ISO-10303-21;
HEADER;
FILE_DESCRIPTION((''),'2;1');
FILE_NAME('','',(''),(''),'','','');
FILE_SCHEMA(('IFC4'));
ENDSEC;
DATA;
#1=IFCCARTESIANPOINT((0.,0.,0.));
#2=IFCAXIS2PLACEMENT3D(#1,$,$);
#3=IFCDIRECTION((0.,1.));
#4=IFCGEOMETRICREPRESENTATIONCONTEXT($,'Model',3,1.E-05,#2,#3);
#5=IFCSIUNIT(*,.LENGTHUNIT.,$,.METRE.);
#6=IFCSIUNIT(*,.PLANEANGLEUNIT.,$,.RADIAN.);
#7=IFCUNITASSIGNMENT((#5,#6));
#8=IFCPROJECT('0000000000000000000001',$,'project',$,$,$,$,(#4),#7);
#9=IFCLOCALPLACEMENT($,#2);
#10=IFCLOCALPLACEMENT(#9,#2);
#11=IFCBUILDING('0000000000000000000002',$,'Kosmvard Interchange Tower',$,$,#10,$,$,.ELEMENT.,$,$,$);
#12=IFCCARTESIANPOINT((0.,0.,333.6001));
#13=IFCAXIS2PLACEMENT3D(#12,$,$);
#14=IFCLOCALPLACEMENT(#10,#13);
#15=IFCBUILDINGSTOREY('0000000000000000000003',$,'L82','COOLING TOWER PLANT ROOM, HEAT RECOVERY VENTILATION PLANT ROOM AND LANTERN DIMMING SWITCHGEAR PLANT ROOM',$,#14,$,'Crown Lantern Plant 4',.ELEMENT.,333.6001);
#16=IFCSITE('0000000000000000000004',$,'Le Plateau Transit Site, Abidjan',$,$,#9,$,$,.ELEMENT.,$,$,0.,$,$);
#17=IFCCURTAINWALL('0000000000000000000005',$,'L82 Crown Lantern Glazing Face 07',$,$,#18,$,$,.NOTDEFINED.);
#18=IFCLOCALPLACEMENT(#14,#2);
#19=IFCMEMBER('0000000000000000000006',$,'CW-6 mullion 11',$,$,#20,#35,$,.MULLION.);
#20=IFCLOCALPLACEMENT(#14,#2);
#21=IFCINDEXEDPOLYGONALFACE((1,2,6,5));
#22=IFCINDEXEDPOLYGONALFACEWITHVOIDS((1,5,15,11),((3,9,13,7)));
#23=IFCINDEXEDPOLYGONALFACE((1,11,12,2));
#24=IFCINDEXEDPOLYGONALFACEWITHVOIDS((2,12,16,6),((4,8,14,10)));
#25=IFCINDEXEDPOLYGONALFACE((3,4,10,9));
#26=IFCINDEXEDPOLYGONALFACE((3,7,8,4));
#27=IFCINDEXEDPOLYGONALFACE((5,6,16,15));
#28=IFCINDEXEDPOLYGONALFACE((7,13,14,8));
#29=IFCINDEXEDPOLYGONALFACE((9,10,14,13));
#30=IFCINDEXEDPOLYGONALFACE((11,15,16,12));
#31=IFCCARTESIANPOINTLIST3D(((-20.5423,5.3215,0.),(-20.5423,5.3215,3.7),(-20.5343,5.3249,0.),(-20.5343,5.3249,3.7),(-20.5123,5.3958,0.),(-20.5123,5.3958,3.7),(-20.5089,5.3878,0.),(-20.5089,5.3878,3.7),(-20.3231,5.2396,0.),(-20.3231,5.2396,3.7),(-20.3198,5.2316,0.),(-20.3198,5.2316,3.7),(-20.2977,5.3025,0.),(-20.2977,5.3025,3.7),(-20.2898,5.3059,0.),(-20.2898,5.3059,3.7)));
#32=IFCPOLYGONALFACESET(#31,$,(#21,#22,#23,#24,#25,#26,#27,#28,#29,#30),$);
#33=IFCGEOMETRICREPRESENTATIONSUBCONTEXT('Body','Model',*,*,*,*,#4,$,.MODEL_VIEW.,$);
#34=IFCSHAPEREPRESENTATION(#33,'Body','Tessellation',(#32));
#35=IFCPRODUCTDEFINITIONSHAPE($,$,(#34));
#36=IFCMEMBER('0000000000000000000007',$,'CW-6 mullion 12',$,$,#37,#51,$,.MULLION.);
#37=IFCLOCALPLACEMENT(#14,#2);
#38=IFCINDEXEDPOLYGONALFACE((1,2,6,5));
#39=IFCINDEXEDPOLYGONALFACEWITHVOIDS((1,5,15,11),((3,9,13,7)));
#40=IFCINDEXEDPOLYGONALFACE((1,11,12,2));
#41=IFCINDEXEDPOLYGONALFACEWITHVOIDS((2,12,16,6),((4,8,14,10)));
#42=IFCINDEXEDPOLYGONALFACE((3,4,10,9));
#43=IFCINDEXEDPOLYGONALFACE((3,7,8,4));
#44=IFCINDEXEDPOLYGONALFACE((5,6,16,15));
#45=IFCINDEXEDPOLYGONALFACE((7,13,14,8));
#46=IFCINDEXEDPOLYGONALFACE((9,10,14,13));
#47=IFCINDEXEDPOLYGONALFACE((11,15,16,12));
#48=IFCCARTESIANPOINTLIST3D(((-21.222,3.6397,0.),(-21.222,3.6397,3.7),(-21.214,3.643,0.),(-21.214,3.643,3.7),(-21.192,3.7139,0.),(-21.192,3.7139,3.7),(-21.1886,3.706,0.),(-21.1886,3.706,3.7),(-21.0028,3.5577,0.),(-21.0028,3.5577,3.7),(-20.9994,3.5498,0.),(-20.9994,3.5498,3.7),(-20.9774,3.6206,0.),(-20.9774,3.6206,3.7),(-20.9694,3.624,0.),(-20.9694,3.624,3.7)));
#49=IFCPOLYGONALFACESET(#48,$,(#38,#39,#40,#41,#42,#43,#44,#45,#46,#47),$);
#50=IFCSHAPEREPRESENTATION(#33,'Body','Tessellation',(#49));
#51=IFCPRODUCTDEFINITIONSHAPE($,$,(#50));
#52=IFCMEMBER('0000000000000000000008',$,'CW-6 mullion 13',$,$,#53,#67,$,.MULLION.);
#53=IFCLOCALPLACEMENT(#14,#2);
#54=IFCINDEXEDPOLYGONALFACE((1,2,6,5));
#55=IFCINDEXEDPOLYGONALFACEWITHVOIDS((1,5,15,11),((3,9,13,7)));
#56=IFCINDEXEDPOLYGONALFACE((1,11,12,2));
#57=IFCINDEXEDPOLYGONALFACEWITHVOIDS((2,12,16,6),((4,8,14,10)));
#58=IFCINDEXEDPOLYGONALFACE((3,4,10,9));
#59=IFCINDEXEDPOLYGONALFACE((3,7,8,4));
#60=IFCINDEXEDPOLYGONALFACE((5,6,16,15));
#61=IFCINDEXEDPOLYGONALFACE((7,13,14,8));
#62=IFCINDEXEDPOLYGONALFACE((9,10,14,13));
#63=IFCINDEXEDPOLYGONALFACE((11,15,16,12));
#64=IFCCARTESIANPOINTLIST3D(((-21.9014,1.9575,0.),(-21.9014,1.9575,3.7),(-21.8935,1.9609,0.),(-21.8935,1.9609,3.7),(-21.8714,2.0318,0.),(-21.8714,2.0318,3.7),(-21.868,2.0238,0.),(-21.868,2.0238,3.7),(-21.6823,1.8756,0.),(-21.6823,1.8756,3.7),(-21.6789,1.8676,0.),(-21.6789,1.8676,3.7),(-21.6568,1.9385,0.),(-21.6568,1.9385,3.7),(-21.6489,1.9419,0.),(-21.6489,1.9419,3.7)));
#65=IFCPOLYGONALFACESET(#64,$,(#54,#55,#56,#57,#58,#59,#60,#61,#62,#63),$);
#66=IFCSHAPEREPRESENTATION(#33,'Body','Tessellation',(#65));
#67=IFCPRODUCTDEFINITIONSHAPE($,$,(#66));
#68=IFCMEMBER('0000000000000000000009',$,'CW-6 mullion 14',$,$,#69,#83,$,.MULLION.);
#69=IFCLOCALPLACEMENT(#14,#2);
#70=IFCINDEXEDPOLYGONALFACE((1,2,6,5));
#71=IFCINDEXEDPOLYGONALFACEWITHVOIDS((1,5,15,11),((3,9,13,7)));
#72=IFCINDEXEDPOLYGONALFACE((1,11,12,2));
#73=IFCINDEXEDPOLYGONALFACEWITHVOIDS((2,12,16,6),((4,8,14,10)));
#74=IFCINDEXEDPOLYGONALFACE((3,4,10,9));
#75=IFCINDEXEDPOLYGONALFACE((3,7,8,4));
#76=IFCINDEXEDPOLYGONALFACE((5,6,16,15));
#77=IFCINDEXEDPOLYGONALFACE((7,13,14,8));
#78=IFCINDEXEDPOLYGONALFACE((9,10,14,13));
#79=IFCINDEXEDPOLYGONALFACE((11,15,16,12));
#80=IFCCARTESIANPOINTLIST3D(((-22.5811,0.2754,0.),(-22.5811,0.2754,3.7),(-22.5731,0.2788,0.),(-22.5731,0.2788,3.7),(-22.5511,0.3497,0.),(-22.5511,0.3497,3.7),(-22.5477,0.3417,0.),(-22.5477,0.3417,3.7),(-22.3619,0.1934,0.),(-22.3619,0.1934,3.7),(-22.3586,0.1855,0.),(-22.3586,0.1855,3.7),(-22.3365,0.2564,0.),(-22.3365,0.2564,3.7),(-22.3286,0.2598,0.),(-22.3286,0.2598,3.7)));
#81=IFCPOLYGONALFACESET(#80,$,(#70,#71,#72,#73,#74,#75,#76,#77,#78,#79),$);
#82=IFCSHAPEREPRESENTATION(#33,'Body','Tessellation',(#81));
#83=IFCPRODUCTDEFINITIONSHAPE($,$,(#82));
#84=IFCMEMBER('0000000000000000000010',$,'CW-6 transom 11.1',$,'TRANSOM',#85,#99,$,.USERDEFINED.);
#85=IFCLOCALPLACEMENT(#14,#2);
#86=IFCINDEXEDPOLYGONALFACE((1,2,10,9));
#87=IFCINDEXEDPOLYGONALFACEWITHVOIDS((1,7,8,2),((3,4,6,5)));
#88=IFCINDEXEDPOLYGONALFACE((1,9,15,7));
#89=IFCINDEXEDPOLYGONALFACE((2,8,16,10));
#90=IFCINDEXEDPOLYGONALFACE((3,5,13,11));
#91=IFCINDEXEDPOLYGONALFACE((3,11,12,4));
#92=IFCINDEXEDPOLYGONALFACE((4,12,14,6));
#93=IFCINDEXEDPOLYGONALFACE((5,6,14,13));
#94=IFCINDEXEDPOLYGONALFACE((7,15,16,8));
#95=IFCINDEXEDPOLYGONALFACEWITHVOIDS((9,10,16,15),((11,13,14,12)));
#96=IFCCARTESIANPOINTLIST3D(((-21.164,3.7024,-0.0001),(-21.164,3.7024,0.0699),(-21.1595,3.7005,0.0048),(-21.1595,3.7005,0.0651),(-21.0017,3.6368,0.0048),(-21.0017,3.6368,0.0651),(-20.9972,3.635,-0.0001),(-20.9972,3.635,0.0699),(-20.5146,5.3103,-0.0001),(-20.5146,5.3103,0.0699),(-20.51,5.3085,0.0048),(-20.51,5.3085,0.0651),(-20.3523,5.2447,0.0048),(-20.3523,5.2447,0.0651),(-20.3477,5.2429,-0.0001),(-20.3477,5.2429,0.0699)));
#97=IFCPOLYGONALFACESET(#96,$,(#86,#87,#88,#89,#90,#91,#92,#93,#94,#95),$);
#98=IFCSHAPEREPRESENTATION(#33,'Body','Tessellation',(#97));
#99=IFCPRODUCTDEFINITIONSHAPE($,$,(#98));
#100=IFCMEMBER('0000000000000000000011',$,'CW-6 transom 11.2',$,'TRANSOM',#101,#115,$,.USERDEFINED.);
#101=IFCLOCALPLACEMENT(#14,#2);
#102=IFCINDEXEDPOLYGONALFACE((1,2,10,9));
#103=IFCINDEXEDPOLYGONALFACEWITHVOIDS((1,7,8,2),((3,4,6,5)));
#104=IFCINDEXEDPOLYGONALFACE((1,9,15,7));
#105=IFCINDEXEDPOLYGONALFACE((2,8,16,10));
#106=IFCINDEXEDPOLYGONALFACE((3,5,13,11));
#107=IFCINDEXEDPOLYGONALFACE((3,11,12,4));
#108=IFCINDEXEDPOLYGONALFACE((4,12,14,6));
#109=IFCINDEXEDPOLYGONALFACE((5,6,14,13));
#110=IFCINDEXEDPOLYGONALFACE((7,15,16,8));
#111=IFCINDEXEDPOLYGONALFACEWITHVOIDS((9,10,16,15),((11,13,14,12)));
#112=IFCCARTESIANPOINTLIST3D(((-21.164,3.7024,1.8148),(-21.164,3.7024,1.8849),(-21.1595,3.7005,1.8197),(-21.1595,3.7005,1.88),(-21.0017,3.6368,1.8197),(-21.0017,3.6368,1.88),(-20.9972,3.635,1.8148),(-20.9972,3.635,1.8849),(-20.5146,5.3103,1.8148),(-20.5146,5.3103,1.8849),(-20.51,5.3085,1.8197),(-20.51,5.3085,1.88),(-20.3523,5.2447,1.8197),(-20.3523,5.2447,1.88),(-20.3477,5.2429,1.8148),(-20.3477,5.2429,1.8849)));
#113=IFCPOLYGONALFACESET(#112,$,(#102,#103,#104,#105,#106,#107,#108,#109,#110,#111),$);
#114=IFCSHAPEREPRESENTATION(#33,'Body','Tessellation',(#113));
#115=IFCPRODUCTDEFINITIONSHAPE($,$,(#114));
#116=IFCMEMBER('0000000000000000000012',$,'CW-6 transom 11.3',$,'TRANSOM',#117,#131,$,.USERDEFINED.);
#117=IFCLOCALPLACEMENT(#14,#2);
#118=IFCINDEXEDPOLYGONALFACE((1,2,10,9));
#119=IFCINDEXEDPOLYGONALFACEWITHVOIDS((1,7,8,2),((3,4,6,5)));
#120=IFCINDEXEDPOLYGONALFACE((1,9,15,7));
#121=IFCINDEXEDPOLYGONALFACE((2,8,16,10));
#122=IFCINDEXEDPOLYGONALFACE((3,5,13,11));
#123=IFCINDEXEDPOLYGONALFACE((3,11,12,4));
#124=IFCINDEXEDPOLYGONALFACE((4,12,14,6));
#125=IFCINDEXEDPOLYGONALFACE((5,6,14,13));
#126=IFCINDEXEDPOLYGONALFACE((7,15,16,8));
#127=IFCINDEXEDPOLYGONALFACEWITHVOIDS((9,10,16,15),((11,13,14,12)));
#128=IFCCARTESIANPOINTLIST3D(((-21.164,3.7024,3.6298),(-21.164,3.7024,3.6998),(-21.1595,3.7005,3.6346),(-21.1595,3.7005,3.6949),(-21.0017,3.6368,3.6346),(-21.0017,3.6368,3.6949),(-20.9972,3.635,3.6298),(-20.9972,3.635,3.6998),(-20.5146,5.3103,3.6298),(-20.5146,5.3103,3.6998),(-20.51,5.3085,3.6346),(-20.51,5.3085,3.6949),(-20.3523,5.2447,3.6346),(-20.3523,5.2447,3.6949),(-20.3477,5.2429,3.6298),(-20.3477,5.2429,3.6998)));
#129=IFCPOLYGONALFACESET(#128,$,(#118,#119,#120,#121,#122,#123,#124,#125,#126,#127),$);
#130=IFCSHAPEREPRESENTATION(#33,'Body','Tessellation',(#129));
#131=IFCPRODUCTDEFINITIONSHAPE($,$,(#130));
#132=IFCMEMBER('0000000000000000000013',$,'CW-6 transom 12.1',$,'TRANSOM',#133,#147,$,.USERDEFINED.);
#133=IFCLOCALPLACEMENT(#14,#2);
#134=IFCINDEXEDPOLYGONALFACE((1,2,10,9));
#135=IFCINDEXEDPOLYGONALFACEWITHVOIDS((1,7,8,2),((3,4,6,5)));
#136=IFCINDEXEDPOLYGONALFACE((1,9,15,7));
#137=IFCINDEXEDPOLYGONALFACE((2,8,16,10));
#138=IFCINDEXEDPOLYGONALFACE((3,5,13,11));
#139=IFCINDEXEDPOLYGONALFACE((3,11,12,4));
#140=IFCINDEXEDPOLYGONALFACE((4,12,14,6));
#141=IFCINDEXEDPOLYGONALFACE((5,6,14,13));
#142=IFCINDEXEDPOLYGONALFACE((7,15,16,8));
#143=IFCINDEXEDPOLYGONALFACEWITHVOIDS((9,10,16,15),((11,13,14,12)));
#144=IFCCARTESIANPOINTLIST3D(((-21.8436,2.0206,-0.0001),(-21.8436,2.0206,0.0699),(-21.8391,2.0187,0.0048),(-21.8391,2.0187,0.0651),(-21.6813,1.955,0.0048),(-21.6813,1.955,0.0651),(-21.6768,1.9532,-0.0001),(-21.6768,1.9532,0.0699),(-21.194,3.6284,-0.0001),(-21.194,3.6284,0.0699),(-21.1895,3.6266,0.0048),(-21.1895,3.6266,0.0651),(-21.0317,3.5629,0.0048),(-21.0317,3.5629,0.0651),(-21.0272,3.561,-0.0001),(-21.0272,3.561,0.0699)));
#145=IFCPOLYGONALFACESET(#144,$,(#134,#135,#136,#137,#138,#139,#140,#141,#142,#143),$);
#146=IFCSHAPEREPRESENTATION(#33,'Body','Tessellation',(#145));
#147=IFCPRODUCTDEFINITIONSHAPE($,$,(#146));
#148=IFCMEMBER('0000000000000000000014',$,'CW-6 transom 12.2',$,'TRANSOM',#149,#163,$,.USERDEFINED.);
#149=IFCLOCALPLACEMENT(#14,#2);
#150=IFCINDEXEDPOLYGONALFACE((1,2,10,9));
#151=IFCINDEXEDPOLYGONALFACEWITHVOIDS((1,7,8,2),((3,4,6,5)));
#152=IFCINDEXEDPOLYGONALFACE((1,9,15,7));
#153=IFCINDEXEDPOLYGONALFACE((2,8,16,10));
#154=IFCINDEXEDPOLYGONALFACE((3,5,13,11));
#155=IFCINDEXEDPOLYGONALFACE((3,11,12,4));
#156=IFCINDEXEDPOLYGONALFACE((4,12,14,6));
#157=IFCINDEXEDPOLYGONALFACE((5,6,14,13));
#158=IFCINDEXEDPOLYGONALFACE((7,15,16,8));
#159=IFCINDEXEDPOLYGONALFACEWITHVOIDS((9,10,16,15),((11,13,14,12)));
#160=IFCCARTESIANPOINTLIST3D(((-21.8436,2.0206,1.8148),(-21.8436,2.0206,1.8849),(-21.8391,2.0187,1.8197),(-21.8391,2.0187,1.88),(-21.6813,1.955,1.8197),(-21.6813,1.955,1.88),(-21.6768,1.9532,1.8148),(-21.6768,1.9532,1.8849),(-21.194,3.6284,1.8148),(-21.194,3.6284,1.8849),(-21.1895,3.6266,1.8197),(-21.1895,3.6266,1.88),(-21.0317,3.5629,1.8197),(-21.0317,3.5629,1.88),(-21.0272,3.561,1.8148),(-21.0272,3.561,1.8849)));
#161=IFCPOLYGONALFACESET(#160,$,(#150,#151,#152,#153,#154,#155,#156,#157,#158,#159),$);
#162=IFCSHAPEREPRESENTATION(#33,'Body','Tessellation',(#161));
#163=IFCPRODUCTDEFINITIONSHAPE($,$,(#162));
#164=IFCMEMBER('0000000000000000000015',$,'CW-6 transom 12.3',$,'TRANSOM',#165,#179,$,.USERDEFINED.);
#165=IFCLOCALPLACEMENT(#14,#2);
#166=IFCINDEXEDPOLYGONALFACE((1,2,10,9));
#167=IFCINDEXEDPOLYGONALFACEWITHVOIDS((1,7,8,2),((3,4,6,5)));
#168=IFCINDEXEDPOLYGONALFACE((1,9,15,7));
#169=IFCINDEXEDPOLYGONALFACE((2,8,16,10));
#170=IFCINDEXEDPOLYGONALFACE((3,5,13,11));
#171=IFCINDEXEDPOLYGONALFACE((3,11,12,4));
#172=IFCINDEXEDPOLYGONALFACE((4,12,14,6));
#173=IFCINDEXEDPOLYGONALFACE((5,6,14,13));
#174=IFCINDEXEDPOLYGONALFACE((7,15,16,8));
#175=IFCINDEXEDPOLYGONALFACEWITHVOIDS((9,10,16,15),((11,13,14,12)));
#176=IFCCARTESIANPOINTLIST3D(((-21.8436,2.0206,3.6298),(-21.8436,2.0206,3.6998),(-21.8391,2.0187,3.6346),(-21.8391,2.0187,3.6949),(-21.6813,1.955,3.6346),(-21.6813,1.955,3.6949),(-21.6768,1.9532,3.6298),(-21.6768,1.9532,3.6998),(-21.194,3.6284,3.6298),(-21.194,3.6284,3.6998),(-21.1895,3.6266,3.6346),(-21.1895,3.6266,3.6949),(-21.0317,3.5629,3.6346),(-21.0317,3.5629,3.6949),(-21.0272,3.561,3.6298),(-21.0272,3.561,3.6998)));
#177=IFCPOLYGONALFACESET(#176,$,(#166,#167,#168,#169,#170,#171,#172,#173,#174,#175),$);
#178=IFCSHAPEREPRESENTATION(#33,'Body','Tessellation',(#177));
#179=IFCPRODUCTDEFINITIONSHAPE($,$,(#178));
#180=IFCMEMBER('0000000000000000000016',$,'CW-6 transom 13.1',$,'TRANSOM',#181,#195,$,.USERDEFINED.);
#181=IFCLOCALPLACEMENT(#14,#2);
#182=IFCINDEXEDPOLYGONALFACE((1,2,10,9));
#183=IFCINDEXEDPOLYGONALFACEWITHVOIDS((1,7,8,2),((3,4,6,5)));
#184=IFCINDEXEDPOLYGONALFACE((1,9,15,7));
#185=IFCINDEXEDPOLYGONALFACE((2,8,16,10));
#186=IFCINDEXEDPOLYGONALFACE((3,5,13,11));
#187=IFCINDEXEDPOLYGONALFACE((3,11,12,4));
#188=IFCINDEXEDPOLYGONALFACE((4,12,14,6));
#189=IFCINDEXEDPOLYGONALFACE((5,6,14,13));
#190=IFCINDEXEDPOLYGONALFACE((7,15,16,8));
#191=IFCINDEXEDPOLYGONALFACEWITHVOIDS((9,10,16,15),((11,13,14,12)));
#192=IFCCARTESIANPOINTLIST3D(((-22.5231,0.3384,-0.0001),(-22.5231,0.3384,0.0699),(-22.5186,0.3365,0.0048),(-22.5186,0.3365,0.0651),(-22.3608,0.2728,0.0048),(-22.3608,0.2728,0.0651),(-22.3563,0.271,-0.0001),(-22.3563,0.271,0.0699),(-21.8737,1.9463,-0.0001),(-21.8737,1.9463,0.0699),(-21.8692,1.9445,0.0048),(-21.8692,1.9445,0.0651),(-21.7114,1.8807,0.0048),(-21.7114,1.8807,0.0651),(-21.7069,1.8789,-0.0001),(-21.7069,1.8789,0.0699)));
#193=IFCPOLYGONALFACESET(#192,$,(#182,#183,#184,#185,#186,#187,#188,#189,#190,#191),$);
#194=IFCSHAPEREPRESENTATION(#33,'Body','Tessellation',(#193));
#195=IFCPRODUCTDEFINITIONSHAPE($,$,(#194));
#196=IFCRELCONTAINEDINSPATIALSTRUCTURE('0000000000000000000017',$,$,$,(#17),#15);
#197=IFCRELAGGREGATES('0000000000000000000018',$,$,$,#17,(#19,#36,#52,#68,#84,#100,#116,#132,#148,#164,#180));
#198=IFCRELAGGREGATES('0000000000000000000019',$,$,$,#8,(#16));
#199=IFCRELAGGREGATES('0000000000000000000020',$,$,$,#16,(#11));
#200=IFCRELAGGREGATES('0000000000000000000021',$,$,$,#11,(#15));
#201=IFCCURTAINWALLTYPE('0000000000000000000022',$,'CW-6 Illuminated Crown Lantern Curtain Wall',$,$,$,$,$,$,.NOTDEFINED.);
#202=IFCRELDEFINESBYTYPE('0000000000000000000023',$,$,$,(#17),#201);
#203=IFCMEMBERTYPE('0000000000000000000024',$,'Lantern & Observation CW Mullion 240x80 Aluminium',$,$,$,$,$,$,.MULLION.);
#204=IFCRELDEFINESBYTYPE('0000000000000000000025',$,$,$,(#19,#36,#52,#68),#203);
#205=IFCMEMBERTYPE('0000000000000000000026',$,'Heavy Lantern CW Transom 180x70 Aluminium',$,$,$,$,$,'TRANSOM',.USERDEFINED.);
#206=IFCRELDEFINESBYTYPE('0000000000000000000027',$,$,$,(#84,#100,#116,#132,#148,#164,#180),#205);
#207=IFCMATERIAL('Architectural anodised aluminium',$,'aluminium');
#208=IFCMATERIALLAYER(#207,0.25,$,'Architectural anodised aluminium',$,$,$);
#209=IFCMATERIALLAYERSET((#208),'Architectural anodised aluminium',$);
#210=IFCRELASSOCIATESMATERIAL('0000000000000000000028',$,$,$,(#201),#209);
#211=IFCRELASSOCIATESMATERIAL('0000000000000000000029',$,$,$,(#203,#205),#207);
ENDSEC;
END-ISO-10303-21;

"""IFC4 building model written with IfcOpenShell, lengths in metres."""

from ifc_helpers import new_model, si_unit, direction, frame, origin, origin_2d, place, context, subcontext, project, spatial, hollow_rectangle, extrude, source, transform, mapped, material, layer, layer_set, material_profile, profile_set, type_object, element, aggregate, save


model = new_model("IFC4")

# Units and contexts
model_context = context("Model", 3, precision=1e-05, world=origin(), true_north=direction((0.0, 1.0)))
body_context = subcontext(model_context, "Body", "Model", "MODEL_VIEW")
ifc_project = project(units=[si_unit("LENGTHUNIT", "METRE"), si_unit("PLANEANGLEUNIT", "RADIAN")], contexts=[model_context])

# Site, building, storey
site_placement = place(None, origin())
site = spatial("IfcSite", under=ifc_project, at=site_placement, Name="Le Plateau Transit Site, Abidjan", CompositionType="ELEMENT", RefElevation=0.0)
building_placement = place(site_placement, origin())
building = spatial("IfcBuilding", under=site, at=building_placement, Name="Kosmvard Interchange Tower", CompositionType="ELEMENT")
storey_placement = place(building_placement, frame((0.0, 0.0, 333.6001)))
storey = spatial("IfcBuildingStorey", under=building, at=storey_placement, Name="L82", Description="COOLING TOWER PLANT ROOM, HEAT RECOVERY VENTILATION PLANT ROOM AND LANTERN DIMMING SWITCHGEAR PLANT ROOM", LongName="Crown Lantern Plant 4", CompositionType="ELEMENT", Elevation=333.6001)

# Curtain wall, members
ifc_material_1 = material(Name="Architectural anodised aluminium", Category="aluminium")
ifc_layer_1 = layer(ifc_material_1, 0.25, Name="Architectural anodised aluminium")
ifc_layer_set_1 = layer_set([ifc_layer_1], Name="Architectural anodised aluminium")
curtain_wall_type = type_object("IfcCurtainWallType", Name="CW-6 Illuminated Crown Lantern Curtain Wall", PredefinedType="NOTDEFINED", material=ifc_layer_set_1)
curtain_wall_placement = place(storey_placement, origin())
curtain_wall = element("IfcCurtainWall", 1, at=curtain_wall_placement, inside=storey, type_object=curtain_wall_type, Name="L82 Crown Lantern Glazing Face 07", PredefinedType="NOTDEFINED")
ifc_material_profile_1 = material_profile(ifc_material_1, hollow_rectangle(XDim=0.24, YDim=0.0801, WallThickness=0.0061, at=origin_2d()), Name="CWM 240x80x6")
ifc_profile_set_1 = profile_set([ifc_material_profile_1], Name="Architectural anodised aluminium")
member_type_1 = type_object("IfcMemberType", Name="Lantern & Observation CW Mullion 240x80 Aluminium", PredefinedType="MULLION", material=ifc_profile_set_1)
shared_shape_1 = source(origin(), body_context, "Body", "SweptSolid", [
    extrude(hollow_rectangle(XDim=0.24, YDim=0.0801, WallThickness=0.0061, at=origin_2d()), origin(), (0.0, 0.0, 1.0), 3.7),
])
member_1_placement = place(storey_placement, frame((-20.416, 5.3137, 0.0), z_axis=(0.0, 0.0, 1.0), x_axis=(0.927184, -0.374607, 0.0)))
member_1 = element("IfcMember", 2, at=member_1_placement, type_object=member_type_1, Name="CW-6 mullion 11", PredefinedType="MULLION", context=body_context, shape_type="MappedRepresentation", body=[
    mapped(shared_shape_1, transform((0.0, 0.0, 0.0), scale=1.0)),
])
member_2_placement = place(storey_placement, frame((-21.0957, 3.6318, 0.0), z_axis=(0.0, 0.0, 1.0), x_axis=(0.927184, -0.374607, 0.0)))
member_2 = element("IfcMember", 3, at=member_2_placement, type_object=member_type_1, Name="CW-6 mullion 12", PredefinedType="MULLION", context=body_context, shape_type="MappedRepresentation", body=[
    mapped(shared_shape_1, transform((0.0, 0.0, 0.0), scale=1.0)),
])
member_3_placement = place(storey_placement, frame((-21.7751, 1.9497, 0.0), z_axis=(0.0, 0.0, 1.0), x_axis=(0.927184, -0.374607, 0.0)))
member_3 = element("IfcMember", 4, at=member_3_placement, type_object=member_type_1, Name="CW-6 mullion 13", PredefinedType="MULLION", context=body_context, shape_type="MappedRepresentation", body=[
    mapped(shared_shape_1, transform((0.0, 0.0, 0.0), scale=1.0)),
])
member_4_placement = place(storey_placement, frame((-22.4548, 0.2676, 0.0), z_axis=(0.0, 0.0, 1.0), x_axis=(0.927184, -0.374607, 0.0)))
member_4 = element("IfcMember", 5, at=member_4_placement, type_object=member_type_1, Name="CW-6 mullion 14", PredefinedType="MULLION", context=body_context, shape_type="MappedRepresentation", body=[
    mapped(shared_shape_1, transform((0.0, 0.0, 0.0), scale=1.0)),
])
ifc_material_profile_2 = material_profile(ifc_material_1, hollow_rectangle(XDim=0.1799, YDim=0.0701, WallThickness=0.0049, at=origin_2d()), Name="CWT 180x70x5")
ifc_profile_set_2 = profile_set([ifc_material_profile_2], Name="Architectural anodised aluminium")
member_type_2 = type_object("IfcMemberType", Name="Heavy Lantern CW Transom 180x70 Aluminium", ElementType="TRANSOM", PredefinedType="USERDEFINED", material=ifc_profile_set_2)
shared_shape_2 = source(origin(), body_context, "Body", "SweptSolid", [
    extrude(hollow_rectangle(XDim=0.1799, YDim=0.0701, WallThickness=0.0049, at=origin_2d()), origin(), (0.0, 0.0, 1.0), 1.7341),
])
member_5_placement = place(storey_placement, frame((-20.4312, 5.2766, 0.0349), z_axis=(-0.374496, -0.927229, 0.0), x_axis=(0.927229, -0.374496, 0.0)))
member_5 = element("IfcMember", 6, at=member_5_placement, type_object=member_type_2, Name="CW-6 transom 11.1", ObjectType="TRANSOM", PredefinedType="USERDEFINED", context=body_context, shape_type="MappedRepresentation", body=[
    mapped(shared_shape_2, transform((0.0, 0.0, 0.0), scale=1.0)),
])
member_6_placement = place(storey_placement, frame((-20.4312, 5.2766, 1.8499), z_axis=(-0.374496, -0.927229, 0.0), x_axis=(0.927229, -0.374496, 0.0)))
member_6 = element("IfcMember", 7, at=member_6_placement, type_object=member_type_2, Name="CW-6 transom 11.2", ObjectType="TRANSOM", PredefinedType="USERDEFINED", context=body_context, shape_type="MappedRepresentation", body=[
    mapped(shared_shape_2, transform((0.0, 0.0, 0.0), scale=1.0)),
])
member_7_placement = place(storey_placement, frame((-20.4312, 5.2766, 3.6648), z_axis=(-0.374496, -0.927229, 0.0), x_axis=(0.927229, -0.374496, 0.0)))
member_7 = element("IfcMember", 8, at=member_7_placement, type_object=member_type_2, Name="CW-6 transom 11.3", ObjectType="TRANSOM", PredefinedType="USERDEFINED", context=body_context, shape_type="MappedRepresentation", body=[
    mapped(shared_shape_2, transform((0.0, 0.0, 0.0), scale=1.0)),
])
member_8_placement = place(storey_placement, frame((-21.1106, 3.5947, 0.0349), z_axis=(-0.374617, -0.92718, 0.0), x_axis=(0.92718, -0.374617, 0.0)))
member_8 = element("IfcMember", 9, at=member_8_placement, type_object=member_type_2, Name="CW-6 transom 12.1", ObjectType="TRANSOM", PredefinedType="USERDEFINED", context=body_context, shape_type="MappedRepresentation", body=[
    mapped(shared_shape_2, transform((0.0, 0.0, 0.0), scale=1.0)),
])
member_9_placement = place(storey_placement, frame((-21.1106, 3.5947, 1.8499), z_axis=(-0.374617, -0.92718, 0.0), x_axis=(0.92718, -0.374617, 0.0)))
member_9 = element("IfcMember", 10, at=member_9_placement, type_object=member_type_2, Name="CW-6 transom 12.2", ObjectType="TRANSOM", PredefinedType="USERDEFINED", context=body_context, shape_type="MappedRepresentation", body=[
    mapped(shared_shape_2, transform((0.0, 0.0, 0.0), scale=1.0)),
])
member_10_placement = place(storey_placement, frame((-21.1106, 3.5947, 3.6648), z_axis=(-0.374617, -0.92718, 0.0), x_axis=(0.92718, -0.374617, 0.0)))
member_10 = element("IfcMember", 11, at=member_10_placement, type_object=member_type_2, Name="CW-6 transom 12.3", ObjectType="TRANSOM", PredefinedType="USERDEFINED", context=body_context, shape_type="MappedRepresentation", body=[
    mapped(shared_shape_2, transform((0.0, 0.0, 0.0), scale=1.0)),
])
member_11_placement = place(storey_placement, frame((-21.7903, 1.9126, 0.0349), z_axis=(-0.374496, -0.927229, 0.0), x_axis=(0.927229, -0.374496, 0.0)))
member_11 = element("IfcMember", 12, at=member_11_placement, type_object=member_type_2, Name="CW-6 transom 13.1", ObjectType="TRANSOM", PredefinedType="USERDEFINED", context=body_context, shape_type="MappedRepresentation", body=[
    mapped(shared_shape_2, transform((0.0, 0.0, 0.0), scale=1.0)),
])
aggregate(curtain_wall, [member_1, member_2, member_3, member_4, member_5, member_6, member_7, member_8, member_9, member_10, member_11])

save(model, "model.ifc")
